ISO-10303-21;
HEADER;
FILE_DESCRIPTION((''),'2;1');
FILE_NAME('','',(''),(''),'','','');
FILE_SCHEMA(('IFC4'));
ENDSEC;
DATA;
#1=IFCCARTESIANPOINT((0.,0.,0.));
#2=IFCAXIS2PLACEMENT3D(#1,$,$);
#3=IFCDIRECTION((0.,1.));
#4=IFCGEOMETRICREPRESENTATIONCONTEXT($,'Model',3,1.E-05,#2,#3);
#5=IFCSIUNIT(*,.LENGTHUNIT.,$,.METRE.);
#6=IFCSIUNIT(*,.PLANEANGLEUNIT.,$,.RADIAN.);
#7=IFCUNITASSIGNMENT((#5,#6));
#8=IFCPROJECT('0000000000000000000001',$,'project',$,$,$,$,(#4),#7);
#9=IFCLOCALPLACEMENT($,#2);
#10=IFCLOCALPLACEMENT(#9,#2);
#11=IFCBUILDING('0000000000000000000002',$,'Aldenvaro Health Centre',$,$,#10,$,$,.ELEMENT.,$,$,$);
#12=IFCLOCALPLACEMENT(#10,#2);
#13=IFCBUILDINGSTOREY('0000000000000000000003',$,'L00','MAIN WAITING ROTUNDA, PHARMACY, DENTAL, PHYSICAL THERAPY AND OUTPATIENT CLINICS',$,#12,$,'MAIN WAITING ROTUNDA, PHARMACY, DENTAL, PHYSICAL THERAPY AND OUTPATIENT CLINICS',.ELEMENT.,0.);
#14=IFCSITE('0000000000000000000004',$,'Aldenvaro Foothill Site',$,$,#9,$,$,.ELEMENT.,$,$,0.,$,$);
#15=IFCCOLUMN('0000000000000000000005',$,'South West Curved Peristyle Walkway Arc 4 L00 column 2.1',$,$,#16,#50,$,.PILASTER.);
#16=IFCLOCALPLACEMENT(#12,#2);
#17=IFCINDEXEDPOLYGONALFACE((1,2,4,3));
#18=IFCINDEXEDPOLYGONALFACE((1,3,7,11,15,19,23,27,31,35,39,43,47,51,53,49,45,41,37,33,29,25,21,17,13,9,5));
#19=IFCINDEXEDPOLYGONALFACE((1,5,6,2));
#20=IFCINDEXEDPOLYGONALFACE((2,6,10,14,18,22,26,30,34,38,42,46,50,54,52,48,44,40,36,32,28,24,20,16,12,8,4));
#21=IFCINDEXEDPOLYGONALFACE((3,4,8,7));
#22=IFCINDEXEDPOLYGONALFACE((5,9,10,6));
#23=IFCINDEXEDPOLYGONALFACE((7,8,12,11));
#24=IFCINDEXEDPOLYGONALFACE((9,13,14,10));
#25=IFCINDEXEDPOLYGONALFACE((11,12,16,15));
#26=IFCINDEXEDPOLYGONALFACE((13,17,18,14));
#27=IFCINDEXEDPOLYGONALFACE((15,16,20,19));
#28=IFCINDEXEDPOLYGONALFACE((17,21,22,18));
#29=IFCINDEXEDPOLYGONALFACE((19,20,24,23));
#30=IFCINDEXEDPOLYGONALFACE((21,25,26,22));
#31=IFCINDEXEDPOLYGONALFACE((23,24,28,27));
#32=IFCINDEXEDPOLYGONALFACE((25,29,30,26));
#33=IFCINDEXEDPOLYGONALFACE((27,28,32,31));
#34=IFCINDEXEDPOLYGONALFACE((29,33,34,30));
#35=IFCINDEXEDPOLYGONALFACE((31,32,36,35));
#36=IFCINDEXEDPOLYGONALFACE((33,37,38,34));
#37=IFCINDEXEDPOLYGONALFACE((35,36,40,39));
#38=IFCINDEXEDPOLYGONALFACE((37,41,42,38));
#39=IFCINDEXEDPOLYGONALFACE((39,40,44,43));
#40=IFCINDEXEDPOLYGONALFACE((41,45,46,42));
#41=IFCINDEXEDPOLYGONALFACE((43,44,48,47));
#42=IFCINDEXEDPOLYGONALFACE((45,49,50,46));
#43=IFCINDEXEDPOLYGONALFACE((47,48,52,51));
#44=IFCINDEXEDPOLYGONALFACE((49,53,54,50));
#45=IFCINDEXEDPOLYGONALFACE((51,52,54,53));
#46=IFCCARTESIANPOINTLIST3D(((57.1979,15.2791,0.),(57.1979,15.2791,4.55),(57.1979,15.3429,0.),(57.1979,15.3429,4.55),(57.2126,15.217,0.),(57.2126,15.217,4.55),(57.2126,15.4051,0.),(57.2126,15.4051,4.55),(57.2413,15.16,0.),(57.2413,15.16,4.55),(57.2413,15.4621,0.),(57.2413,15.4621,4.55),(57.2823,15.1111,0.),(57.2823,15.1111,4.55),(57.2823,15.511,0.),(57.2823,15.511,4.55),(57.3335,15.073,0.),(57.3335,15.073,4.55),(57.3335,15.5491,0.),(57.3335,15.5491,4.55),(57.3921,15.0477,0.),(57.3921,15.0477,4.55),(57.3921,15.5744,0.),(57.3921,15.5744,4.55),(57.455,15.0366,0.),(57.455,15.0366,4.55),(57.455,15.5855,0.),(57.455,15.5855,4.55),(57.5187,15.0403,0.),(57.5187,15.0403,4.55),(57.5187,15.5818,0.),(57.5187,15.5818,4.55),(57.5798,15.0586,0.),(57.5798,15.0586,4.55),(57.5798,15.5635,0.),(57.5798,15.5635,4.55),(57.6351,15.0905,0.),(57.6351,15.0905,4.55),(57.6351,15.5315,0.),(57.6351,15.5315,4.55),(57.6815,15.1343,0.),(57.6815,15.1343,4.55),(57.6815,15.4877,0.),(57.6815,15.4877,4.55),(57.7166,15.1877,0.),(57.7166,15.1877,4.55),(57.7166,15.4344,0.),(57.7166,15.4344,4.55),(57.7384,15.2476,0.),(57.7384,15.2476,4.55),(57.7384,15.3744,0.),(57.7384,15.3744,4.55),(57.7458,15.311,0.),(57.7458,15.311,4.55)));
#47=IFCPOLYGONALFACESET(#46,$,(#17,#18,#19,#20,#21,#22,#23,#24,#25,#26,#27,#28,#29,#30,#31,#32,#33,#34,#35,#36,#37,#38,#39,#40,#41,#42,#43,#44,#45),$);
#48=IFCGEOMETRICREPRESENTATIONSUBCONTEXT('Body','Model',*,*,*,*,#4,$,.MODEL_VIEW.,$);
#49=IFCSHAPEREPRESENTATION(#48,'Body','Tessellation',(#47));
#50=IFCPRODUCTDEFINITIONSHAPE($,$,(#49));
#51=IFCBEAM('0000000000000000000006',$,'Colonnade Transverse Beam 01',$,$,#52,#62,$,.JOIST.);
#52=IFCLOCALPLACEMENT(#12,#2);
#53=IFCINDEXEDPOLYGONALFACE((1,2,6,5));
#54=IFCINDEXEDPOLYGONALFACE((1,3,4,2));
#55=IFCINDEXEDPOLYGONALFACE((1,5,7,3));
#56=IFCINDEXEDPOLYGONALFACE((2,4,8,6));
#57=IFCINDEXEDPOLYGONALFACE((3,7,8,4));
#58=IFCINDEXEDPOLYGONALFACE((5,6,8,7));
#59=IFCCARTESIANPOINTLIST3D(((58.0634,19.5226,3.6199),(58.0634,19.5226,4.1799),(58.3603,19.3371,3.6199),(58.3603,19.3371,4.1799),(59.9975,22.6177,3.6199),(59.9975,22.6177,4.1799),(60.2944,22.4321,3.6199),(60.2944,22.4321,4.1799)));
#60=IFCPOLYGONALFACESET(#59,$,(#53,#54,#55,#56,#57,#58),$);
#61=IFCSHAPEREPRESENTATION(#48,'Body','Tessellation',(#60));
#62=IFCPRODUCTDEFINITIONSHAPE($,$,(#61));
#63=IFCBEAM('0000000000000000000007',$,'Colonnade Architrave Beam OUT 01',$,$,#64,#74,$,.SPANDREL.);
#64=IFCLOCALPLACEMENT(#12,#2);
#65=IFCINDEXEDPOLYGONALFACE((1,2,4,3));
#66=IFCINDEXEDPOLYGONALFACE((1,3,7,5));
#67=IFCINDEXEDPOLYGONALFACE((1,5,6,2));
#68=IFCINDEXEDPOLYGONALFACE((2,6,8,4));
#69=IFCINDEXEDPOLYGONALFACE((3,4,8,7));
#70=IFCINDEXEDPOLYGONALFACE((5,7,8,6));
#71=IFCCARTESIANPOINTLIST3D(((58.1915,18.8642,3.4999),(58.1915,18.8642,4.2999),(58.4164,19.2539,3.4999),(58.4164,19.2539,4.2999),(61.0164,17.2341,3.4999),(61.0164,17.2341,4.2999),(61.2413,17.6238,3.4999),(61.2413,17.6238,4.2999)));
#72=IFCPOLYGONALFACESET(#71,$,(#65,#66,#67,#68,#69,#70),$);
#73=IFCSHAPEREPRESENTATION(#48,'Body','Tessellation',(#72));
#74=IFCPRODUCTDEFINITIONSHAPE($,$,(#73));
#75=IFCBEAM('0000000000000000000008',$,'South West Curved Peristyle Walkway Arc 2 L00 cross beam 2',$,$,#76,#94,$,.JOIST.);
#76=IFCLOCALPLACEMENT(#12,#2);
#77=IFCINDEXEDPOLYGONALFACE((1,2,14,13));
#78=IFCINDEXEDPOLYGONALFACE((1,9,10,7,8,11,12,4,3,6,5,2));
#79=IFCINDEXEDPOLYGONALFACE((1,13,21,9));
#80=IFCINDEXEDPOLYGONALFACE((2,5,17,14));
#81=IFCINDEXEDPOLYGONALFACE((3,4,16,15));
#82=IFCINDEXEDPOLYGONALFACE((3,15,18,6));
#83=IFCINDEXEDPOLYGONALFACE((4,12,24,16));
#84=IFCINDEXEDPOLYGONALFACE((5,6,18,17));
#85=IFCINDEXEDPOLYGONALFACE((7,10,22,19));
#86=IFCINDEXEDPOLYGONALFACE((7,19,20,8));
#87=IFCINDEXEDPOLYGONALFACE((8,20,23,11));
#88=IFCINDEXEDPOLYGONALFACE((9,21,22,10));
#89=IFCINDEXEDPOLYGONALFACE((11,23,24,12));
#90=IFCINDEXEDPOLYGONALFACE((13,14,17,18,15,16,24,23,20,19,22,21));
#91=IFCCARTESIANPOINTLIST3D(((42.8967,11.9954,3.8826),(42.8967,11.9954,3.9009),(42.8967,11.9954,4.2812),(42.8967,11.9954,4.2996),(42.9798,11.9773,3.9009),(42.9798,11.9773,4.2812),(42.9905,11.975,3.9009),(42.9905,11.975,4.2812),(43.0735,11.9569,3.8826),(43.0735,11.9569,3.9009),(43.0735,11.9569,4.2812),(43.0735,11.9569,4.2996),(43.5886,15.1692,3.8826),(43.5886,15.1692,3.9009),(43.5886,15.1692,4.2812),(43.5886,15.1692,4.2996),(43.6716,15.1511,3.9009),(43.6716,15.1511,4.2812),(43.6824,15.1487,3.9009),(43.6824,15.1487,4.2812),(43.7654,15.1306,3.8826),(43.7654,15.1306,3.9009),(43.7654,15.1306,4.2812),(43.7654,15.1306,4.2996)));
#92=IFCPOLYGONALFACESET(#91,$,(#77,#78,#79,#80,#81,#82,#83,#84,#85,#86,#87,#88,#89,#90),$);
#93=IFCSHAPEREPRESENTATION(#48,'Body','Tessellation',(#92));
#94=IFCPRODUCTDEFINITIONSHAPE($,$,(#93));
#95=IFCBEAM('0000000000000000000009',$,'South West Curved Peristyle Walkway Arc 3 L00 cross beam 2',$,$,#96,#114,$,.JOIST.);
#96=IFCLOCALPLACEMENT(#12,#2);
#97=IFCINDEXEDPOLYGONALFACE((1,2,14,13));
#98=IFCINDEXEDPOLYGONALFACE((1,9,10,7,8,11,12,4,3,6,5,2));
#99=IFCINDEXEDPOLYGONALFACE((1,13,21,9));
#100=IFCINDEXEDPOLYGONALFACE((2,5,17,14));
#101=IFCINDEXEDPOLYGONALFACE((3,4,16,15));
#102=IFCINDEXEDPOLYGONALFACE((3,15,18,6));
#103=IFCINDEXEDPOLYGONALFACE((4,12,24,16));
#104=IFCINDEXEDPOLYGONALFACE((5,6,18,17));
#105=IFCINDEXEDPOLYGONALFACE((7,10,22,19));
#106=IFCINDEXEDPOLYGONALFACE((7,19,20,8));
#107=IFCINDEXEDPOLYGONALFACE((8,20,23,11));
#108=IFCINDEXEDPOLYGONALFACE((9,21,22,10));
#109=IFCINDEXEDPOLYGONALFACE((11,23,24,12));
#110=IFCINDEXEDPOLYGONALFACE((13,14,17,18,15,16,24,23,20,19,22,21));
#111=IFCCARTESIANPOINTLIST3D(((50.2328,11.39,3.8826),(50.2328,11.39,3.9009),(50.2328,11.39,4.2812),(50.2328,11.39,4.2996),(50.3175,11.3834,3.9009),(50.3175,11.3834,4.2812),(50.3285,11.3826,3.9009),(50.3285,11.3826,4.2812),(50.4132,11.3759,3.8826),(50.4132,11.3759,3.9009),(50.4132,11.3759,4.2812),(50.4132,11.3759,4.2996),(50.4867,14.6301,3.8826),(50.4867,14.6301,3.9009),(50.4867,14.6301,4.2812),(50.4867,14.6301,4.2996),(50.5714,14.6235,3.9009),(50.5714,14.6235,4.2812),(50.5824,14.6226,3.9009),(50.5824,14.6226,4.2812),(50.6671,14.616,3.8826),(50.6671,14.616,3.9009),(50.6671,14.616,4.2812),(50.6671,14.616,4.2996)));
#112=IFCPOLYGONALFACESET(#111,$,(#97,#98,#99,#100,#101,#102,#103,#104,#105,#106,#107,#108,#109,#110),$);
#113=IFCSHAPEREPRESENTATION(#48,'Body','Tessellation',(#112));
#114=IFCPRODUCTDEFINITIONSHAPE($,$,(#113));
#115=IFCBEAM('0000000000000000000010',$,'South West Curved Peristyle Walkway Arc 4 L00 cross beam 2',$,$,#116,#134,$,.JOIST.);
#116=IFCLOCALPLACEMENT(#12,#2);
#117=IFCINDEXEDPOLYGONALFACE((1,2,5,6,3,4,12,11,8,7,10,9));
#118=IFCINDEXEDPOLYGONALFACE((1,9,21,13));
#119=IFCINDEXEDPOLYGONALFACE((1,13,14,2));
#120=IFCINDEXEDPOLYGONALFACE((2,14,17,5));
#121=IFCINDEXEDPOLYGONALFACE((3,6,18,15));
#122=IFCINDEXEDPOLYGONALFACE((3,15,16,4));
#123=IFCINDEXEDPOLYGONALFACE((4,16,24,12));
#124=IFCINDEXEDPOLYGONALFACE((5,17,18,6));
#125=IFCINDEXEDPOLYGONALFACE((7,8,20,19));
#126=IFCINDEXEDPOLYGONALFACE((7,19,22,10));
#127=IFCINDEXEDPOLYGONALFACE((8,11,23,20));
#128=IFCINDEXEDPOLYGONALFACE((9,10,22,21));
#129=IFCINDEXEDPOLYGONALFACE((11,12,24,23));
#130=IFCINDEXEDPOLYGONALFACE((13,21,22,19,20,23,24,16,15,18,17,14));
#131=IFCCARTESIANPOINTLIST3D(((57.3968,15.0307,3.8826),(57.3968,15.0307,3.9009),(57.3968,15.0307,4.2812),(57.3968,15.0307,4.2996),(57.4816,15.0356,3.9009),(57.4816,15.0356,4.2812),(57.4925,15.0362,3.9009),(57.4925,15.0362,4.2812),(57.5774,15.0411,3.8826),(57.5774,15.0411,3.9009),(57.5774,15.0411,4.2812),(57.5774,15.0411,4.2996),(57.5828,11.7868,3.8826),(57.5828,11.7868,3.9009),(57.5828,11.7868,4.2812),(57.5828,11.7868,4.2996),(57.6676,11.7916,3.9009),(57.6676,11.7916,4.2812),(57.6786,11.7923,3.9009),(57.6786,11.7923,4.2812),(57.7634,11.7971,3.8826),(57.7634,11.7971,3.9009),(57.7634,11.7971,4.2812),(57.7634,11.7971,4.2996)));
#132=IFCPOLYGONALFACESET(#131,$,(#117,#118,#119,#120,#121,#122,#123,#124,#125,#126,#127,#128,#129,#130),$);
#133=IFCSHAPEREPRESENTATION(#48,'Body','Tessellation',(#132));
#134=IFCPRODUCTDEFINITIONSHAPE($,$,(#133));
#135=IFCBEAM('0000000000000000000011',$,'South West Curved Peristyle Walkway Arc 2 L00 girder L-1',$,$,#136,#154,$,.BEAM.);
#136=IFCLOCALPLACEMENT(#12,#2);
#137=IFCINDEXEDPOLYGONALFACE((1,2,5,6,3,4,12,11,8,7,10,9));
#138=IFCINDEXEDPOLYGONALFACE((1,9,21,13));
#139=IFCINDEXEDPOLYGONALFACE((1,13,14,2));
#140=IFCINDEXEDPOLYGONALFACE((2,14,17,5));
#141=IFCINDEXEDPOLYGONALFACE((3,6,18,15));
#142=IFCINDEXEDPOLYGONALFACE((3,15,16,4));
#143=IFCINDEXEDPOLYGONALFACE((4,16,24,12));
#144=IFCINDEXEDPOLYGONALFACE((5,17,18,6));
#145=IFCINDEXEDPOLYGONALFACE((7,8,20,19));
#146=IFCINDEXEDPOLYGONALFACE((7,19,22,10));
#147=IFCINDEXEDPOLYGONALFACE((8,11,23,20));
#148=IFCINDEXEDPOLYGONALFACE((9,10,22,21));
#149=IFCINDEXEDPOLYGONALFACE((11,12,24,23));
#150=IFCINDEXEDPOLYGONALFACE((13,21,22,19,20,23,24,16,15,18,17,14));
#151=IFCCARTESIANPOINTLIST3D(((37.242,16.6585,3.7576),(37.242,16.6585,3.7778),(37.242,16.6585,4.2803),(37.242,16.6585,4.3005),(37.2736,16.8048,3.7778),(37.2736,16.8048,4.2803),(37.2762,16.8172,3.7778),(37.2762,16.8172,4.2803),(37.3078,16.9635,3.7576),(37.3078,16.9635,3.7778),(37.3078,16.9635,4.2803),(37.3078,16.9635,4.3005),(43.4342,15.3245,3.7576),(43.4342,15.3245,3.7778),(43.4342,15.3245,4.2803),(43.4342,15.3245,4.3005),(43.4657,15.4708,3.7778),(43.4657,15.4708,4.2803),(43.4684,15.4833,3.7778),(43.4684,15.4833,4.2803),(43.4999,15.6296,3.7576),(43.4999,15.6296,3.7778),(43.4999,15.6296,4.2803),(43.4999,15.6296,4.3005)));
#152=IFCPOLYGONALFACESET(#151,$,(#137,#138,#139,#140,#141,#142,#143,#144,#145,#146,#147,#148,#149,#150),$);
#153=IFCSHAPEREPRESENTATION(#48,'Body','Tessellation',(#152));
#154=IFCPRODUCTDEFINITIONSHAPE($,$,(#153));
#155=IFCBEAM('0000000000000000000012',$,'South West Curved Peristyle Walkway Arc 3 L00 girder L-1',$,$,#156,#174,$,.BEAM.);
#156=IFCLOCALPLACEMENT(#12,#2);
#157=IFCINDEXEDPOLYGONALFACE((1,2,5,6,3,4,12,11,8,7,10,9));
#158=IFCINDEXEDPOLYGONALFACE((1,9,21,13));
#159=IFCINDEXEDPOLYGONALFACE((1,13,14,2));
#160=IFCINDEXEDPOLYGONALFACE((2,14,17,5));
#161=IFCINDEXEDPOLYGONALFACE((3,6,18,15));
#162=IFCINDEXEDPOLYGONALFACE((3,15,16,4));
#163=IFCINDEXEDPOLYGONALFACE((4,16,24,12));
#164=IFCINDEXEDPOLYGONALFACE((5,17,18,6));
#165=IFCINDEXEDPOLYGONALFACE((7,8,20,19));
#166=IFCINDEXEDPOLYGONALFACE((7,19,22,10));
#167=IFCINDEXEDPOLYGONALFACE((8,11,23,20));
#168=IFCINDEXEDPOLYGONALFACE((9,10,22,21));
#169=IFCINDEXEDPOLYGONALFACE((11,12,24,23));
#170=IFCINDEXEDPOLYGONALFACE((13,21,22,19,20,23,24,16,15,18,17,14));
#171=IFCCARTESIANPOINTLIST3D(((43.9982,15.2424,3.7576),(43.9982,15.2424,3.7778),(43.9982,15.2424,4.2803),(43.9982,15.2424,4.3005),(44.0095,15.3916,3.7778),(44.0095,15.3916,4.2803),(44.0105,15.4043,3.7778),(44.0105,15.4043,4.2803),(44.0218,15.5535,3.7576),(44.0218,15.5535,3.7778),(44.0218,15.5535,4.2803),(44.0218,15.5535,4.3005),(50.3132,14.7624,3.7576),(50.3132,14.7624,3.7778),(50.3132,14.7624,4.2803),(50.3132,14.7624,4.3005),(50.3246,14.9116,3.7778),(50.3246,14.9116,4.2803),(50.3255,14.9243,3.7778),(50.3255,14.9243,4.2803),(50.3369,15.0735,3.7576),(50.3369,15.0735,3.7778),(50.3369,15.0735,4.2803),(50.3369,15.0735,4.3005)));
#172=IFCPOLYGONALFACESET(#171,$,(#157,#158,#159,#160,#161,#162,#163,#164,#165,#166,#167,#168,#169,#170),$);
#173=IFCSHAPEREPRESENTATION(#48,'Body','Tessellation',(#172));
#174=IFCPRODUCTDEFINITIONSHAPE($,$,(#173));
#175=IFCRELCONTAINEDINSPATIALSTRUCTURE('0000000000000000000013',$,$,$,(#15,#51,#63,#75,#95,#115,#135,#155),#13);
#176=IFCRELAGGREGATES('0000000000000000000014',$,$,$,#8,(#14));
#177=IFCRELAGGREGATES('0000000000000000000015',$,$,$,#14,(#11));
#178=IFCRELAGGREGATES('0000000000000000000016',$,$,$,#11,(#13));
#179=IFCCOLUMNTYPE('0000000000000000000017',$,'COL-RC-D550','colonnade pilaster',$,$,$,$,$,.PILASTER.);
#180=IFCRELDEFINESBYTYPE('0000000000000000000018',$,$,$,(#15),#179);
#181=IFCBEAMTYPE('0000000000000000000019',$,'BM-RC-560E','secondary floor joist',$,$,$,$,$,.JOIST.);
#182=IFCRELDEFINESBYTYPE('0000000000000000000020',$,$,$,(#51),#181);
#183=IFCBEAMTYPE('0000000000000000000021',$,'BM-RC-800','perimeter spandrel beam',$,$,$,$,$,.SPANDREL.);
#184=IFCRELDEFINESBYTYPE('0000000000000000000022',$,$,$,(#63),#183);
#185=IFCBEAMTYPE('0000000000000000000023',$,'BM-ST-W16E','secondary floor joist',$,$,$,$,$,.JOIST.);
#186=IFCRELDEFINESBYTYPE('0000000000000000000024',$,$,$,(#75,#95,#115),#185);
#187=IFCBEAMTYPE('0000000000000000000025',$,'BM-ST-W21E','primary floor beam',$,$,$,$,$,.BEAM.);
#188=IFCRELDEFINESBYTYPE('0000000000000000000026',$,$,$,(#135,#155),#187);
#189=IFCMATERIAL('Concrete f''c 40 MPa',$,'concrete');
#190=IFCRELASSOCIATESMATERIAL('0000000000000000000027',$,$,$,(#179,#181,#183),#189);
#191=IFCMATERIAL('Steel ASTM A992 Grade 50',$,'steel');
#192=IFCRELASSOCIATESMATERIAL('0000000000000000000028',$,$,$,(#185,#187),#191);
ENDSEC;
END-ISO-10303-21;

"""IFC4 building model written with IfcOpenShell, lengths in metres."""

from ifc_helpers import new_model, si_unit, direction, frame, origin, origin_2d, place, context, subcontext, project, spatial, rectangle, circle, i_section, extrude, material, material_profile, profile_set, type_object, element, save


model = new_model("IFC4")

# Units and contexts
model_context = context("Model", 3, precision=1e-05, world=origin(), true_north=direction((0.0, 1.0)))
body_context = subcontext(model_context, "Body", "Model", "MODEL_VIEW")
ifc_project = project(units=[si_unit("LENGTHUNIT", "METRE"), si_unit("PLANEANGLEUNIT", "RADIAN")], contexts=[model_context])

# Site, building, storey
site_placement = place(None, origin())
site = spatial("IfcSite", under=ifc_project, at=site_placement, Name="Aldenvaro Foothill Site", CompositionType="ELEMENT", RefElevation=0.0)
building_placement = place(site_placement, origin())
building = spatial("IfcBuilding", under=site, at=building_placement, Name="Aldenvaro Health Centre", CompositionType="ELEMENT")
storey_placement = place(building_placement, origin())
storey = spatial("IfcBuildingStorey", under=building, at=storey_placement, Name="L00", Description="MAIN WAITING ROTUNDA, PHARMACY, DENTAL, PHYSICAL THERAPY AND OUTPATIENT CLINICS", LongName="MAIN WAITING ROTUNDA, PHARMACY, DENTAL, PHYSICAL THERAPY AND OUTPATIENT CLINICS", CompositionType="ELEMENT", Elevation=0.0)

# Column
ifc_material_1 = material(Name="Concrete f'c 40 MPa", Category="concrete")
ifc_material_profile_1 = material_profile(ifc_material_1, circle(Radius=0.2749, at=origin_2d()), Name="RC D550", Category="concrete")
ifc_profile_set_1 = profile_set([ifc_material_profile_1], Name="Concrete f'c 40 MPa")
column_type = type_object("IfcColumnType", Name="COL-RC-D550", Description="colonnade pilaster", PredefinedType="PILASTER", material=ifc_profile_set_1)
for number, where, z_axis, x_axis, name in (
    (1, (57.4709, 15.311, 0.0), (0.0, 0.0, 1.0), (1.0, 0.0, 0.0), "South West Curved Peristyle Walkway Arc 4 L00 column 2.1"),
):
    element("IfcColumn", number, at=place(storey_placement, frame(where, z_axis=z_axis, x_axis=x_axis)), inside=storey, type_object=column_type, Name=name, PredefinedType="PILASTER", context=body_context, shape_type="SweptSolid", body=[
        extrude(circle(Radius=0.2749, at=origin_2d()), origin(), (0.0, 0.0, 1.0), 4.55),
    ])

# Beams
ifc_material_profile_2 = material_profile(ifc_material_1, rectangle(XDim=0.3501, YDim=0.5601, at=origin_2d()), Name="RC 350x560", Category="concrete")
ifc_profile_set_2 = profile_set([ifc_material_profile_2], Name="Concrete f'c 40 MPa")
beam_type_1 = type_object("IfcBeamType", Name="BM-RC-560E", Description="secondary floor joist", PredefinedType="JOIST", material=ifc_profile_set_2)
beam_1_placement = place(storey_placement, frame((60.146, 22.5249, 3.8999), z_axis=(-0.529945, -0.848032, 0.0), x_axis=(0.848032, -0.529945, 0.0)))
element("IfcBeam", 2, at=beam_1_placement, inside=storey, type_object=beam_type_1, Name="Colonnade Transverse Beam 01", PredefinedType="JOIST", context=body_context, shape_type="SweptSolid", body=[
    extrude(rectangle(XDim=0.3501, YDim=0.5601, at=origin_2d()), origin(), (0.0, 0.0, 1.0), 3.6497),
])
ifc_material_profile_3 = material_profile(ifc_material_1, rectangle(XDim=0.45, YDim=0.8, at=origin_2d()), Name="RC 450x800", Category="concrete")
ifc_profile_set_3 = profile_set([ifc_material_profile_3], Name="Concrete f'c 40 MPa")
beam_type_2 = type_object("IfcBeamType", Name="BM-RC-800", Description="perimeter spandrel beam", PredefinedType="SPANDREL", material=ifc_profile_set_3)
beam_2_placement = place(storey_placement, frame((58.304, 19.0591, 3.8999), z_axis=(0.866139, -0.499802, 0.0), x_axis=(0.499802, 0.866139, 0.0)))
element("IfcBeam", 3, at=beam_2_placement, inside=storey, type_object=beam_type_2, Name="Colonnade Architrave Beam OUT 01", PredefinedType="SPANDREL", context=body_context, shape_type="SweptSolid", body=[
    extrude(rectangle(XDim=0.45, YDim=0.8, at=origin_2d()), origin(), (0.0, 0.0, 1.0), 3.2615),
])
ifc_material_2 = material(Name="Steel ASTM A992 Grade 50", Category="steel")
ifc_material_profile_4 = material_profile(ifc_material_2, i_section(OverallWidth=0.1809, OverallDepth=0.417, WebThickness=0.011, FlangeThickness=0.0183, at=origin_2d()), Name="W16X57", Category="steel")
ifc_profile_set_4 = profile_set([ifc_material_profile_4], Name="Steel ASTM A992 Grade 50")
beam_type_3 = type_object("IfcBeamType", Name="BM-ST-W16E", Description="secondary floor joist", PredefinedType="JOIST", material=ifc_profile_set_4)
beam_3_placement = place(storey_placement, frame((43.677, 15.1499, 4.0911), z_axis=(-0.212997, -0.977053, 0.0), x_axis=(0.977053, -0.212997, 0.0)))
element("IfcBeam", 4, at=beam_3_placement, inside=storey, type_object=beam_type_3, Name="South West Curved Peristyle Walkway Arc 2 L00 cross beam 2", PredefinedType="JOIST", context=body_context, shape_type="SweptSolid", body=[
    extrude(i_section(OverallWidth=0.1809, OverallDepth=0.417, WebThickness=0.011, FlangeThickness=0.0183, at=origin_2d()), origin(), (0.0, 0.0, 1.0), 3.2483),
])
beam_4_placement = place(storey_placement, frame((50.5769, 14.623, 4.0911), z_axis=(-0.078127, -0.996943, 0.0), x_axis=(0.996943, -0.078127, 0.0)))
element("IfcBeam", 5, at=beam_4_placement, inside=storey, type_object=beam_type_3, Name="South West Curved Peristyle Walkway Arc 3 L00 cross beam 2", PredefinedType="JOIST", context=body_context, shape_type="SweptSolid", body=[
    extrude(i_section(OverallWidth=0.1809, OverallDepth=0.417, WebThickness=0.011, FlangeThickness=0.0183, at=origin_2d()), origin(), (0.0, 0.0, 1.0), 3.25),
])
beam_5_placement = place(storey_placement, frame((57.4871, 15.0359, 4.0911), z_axis=(0.057255, -0.99836, 0.0), x_axis=(0.99836, 0.057255, 0.0)))
element("IfcBeam", 6, at=beam_5_placement, inside=storey, type_object=beam_type_3, Name="South West Curved Peristyle Walkway Arc 4 L00 cross beam 2", PredefinedType="JOIST", context=body_context, shape_type="SweptSolid", body=[
    extrude(i_section(OverallWidth=0.1809, OverallDepth=0.417, WebThickness=0.011, FlangeThickness=0.0183, at=origin_2d()), origin(), (0.0, 0.0, 1.0), 3.2493),
])
ifc_material_profile_5 = material_profile(ifc_material_2, i_section(OverallWidth=0.312, OverallDepth=0.543, WebThickness=0.0127, FlangeThickness=0.0203, at=origin_2d()), Name="W21X101", Category="steel")
ifc_profile_set_5 = profile_set([ifc_material_profile_5], Name="Steel ASTM A992 Grade 50")
beam_type_4 = type_object("IfcBeamType", Name="BM-ST-W21E", Description="primary floor beam", PredefinedType="BEAM", material=ifc_profile_set_5)
beam_6_placement = place(storey_placement, frame((37.2749, 16.811, 4.0291), z_axis=(0.977572, -0.2106, 0.0), x_axis=(0.2106, 0.977572, 0.0)))
element("IfcBeam", 7, at=beam_6_placement, inside=storey, type_object=beam_type_4, Name="South West Curved Peristyle Walkway Arc 2 L00 girder L-1", PredefinedType="BEAM", context=body_context, shape_type="SweptSolid", body=[
    extrude(i_section(OverallWidth=0.312, OverallDepth=0.543, WebThickness=0.0127, FlangeThickness=0.0203, at=origin_2d()), origin(), (0.0, 0.0, 1.0), 6.3342),
])
beam_7_placement = place(storey_placement, frame((44.01, 15.3979, 4.0291), z_axis=(0.997124, -0.075789, 0.0), x_axis=(0.075789, 0.997124, 0.0)))
element("IfcBeam", 8, at=beam_7_placement, inside=storey, type_object=beam_type_4, Name="South West Curved Peristyle Walkway Arc 3 L00 girder L-1", PredefinedType="BEAM", context=body_context, shape_type="SweptSolid", body=[
    extrude(i_section(OverallWidth=0.312, OverallDepth=0.543, WebThickness=0.0127, FlangeThickness=0.0203, at=origin_2d()), origin(), (0.0, 0.0, 1.0), 6.3333),
])

save(model, "model.ifc")
